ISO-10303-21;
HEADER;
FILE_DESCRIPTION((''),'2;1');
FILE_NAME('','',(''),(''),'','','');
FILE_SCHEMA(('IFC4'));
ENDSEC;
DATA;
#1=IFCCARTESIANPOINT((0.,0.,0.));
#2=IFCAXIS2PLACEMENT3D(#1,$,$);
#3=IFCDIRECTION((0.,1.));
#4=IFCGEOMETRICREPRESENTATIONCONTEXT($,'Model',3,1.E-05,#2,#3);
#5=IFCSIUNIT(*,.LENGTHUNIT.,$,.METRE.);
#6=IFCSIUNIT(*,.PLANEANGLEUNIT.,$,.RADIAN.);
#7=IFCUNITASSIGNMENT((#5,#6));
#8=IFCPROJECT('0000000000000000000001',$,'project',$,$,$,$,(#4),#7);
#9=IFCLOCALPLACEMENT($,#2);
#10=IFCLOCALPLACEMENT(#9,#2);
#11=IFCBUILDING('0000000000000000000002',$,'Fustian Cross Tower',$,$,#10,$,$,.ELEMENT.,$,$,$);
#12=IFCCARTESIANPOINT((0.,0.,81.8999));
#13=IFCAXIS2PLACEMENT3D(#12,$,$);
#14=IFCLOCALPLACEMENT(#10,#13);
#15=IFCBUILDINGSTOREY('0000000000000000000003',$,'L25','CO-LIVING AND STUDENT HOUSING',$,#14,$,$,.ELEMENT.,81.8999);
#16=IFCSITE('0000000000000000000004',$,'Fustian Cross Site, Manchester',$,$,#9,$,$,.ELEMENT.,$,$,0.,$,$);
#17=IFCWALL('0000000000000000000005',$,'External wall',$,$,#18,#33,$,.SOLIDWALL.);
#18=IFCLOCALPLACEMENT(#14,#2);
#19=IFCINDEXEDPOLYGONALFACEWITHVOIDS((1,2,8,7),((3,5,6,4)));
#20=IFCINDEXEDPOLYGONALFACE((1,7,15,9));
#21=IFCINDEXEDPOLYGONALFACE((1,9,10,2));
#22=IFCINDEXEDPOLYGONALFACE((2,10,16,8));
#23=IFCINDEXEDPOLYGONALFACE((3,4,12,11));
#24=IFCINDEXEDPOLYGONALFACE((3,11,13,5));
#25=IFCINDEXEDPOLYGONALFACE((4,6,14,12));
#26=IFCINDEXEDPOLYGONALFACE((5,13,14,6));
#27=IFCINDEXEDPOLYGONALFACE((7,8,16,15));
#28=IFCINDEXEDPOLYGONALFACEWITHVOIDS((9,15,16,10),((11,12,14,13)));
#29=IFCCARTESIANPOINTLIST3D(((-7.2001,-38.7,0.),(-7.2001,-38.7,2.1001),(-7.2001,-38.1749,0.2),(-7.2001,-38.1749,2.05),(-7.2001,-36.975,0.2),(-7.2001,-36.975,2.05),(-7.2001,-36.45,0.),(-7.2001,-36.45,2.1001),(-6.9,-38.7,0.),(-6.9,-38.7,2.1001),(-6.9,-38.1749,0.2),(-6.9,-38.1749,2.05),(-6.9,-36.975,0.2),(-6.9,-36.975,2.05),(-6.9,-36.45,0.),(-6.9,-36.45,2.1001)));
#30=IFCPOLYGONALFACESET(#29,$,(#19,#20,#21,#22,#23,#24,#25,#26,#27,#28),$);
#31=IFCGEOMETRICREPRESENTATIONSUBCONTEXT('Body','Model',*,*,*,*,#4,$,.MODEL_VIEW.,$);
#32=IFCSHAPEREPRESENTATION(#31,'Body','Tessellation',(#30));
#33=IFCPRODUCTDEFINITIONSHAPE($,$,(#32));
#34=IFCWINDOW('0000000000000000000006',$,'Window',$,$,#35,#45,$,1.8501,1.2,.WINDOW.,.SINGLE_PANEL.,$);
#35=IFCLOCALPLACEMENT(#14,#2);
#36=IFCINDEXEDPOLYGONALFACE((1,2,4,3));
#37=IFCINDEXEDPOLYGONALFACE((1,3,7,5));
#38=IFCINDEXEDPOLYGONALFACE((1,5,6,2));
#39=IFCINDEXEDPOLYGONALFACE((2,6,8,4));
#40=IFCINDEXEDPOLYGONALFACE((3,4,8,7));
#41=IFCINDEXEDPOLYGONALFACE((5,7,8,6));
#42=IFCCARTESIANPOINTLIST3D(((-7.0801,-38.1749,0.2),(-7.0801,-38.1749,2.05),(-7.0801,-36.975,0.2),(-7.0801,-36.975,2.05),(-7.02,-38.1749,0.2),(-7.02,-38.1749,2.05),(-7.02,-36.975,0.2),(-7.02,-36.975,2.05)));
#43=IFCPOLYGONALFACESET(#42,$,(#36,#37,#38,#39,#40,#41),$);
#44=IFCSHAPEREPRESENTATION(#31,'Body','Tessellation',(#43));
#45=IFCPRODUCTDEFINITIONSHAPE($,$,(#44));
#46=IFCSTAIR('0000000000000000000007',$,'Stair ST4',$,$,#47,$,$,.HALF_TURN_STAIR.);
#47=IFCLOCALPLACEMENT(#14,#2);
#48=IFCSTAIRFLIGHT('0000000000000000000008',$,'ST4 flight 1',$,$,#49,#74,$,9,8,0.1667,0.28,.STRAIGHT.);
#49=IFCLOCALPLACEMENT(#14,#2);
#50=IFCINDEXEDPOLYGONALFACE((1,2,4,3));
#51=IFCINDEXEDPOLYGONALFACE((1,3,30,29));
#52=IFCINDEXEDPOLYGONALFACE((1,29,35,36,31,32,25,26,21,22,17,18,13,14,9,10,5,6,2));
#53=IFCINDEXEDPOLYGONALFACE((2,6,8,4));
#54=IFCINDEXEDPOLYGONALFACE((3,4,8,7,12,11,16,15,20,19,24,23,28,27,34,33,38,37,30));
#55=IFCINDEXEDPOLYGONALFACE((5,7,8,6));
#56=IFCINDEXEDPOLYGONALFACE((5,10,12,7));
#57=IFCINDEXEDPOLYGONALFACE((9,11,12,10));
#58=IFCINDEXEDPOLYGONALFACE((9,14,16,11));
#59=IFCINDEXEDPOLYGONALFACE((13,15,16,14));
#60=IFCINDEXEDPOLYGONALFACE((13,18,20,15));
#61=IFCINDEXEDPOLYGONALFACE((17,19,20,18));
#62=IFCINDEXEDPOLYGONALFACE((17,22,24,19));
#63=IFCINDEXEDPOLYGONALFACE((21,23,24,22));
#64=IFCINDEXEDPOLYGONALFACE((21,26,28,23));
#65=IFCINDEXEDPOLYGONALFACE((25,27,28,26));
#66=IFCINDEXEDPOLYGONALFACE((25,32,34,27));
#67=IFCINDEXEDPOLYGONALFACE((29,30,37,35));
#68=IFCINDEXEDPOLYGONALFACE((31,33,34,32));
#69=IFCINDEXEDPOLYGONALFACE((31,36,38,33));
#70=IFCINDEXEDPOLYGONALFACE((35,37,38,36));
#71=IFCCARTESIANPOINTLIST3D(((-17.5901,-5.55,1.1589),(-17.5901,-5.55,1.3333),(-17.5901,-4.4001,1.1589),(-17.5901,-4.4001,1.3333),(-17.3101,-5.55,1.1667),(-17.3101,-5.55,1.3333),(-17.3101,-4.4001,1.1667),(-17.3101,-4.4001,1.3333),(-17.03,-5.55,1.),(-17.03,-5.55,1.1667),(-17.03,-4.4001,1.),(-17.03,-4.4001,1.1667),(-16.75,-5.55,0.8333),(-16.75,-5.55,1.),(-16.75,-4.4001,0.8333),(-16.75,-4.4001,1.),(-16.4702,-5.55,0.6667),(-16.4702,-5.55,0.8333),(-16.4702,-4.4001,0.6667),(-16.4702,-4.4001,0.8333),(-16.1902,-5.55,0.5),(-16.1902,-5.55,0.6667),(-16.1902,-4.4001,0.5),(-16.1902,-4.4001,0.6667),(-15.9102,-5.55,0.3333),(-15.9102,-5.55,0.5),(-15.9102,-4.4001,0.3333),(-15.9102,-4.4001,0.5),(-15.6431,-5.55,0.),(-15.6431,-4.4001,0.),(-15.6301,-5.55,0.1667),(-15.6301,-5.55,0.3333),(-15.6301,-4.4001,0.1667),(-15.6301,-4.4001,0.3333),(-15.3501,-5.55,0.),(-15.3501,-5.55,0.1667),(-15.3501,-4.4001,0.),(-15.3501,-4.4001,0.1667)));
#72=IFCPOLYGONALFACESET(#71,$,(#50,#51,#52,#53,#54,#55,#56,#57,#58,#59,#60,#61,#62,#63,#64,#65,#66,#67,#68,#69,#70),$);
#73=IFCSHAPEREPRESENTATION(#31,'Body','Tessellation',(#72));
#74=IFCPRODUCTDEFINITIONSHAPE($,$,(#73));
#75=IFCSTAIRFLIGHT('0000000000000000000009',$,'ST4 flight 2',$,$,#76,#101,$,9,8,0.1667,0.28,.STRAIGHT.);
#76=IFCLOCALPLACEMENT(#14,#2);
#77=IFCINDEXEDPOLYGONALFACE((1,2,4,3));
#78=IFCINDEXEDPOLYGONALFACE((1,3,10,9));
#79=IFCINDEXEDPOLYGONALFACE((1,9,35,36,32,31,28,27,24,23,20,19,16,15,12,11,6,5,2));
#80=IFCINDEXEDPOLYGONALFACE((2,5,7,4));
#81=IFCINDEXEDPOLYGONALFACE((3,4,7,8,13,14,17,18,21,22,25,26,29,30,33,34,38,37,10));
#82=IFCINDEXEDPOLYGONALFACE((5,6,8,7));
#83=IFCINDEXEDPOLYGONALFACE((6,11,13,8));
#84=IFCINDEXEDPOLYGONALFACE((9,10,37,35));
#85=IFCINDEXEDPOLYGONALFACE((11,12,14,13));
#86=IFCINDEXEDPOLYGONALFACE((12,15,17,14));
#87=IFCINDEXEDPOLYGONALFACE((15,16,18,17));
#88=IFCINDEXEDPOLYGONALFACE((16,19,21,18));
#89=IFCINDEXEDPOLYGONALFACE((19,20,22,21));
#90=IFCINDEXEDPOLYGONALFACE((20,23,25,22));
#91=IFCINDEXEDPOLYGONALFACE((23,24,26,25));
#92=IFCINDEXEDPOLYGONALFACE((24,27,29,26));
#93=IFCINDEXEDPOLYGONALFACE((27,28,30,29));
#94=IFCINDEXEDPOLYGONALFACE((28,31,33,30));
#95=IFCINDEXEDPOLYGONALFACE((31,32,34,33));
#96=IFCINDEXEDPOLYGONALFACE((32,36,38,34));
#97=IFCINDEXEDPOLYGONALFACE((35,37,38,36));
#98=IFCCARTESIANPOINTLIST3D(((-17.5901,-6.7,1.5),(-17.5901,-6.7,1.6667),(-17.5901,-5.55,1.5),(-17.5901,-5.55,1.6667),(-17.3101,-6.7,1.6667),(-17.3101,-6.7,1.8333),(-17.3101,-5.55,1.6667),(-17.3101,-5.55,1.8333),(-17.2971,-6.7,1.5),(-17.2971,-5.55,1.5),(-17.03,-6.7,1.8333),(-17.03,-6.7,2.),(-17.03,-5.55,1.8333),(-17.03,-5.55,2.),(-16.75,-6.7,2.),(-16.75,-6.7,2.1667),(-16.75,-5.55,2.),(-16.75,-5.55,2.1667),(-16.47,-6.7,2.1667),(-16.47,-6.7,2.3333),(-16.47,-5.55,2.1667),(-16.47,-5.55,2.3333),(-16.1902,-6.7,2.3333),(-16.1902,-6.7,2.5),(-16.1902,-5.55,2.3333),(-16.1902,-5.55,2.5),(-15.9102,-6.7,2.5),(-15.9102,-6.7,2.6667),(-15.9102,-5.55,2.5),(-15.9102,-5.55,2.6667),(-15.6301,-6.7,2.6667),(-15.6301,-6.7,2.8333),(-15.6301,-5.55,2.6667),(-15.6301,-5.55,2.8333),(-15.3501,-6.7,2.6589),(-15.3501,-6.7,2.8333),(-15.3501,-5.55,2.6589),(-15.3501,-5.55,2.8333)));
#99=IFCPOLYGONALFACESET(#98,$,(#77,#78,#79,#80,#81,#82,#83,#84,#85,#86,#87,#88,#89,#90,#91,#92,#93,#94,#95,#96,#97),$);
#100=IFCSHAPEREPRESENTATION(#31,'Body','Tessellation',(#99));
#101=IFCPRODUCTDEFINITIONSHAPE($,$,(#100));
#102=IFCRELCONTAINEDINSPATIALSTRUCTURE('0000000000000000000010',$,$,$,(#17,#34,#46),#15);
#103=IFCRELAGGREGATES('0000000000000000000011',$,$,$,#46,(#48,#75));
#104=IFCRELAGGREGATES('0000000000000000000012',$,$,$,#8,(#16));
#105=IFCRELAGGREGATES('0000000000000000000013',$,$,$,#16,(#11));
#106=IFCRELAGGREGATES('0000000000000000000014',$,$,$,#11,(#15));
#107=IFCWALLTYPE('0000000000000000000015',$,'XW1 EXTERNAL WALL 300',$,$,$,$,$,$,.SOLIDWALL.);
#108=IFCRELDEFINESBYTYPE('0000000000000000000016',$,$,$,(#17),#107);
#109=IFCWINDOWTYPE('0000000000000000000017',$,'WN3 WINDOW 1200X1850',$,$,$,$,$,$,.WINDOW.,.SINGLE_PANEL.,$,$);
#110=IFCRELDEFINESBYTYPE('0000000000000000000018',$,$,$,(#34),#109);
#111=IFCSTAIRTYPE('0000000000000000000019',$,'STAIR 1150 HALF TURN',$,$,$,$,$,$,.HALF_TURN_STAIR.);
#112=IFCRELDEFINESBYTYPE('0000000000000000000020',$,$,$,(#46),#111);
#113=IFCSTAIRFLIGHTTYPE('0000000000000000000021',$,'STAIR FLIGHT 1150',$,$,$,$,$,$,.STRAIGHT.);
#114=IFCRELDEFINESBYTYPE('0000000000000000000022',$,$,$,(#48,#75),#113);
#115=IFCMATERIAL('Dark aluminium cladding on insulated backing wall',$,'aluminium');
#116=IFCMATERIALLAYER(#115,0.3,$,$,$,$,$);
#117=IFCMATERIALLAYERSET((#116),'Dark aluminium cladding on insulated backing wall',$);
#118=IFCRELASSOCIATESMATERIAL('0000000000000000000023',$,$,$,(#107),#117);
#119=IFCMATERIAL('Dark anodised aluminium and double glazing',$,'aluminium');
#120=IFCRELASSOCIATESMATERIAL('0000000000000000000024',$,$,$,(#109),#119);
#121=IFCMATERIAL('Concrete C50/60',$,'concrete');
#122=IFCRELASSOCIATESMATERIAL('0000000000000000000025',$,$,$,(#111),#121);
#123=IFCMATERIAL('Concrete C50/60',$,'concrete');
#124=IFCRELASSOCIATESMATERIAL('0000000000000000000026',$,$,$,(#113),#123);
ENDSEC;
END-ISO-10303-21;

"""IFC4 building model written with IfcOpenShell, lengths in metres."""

from ifc_helpers import new_model, si_unit, direction, frame, frame_2d, origin, place, context, subcontext, project, spatial, polyline, rectangle, outline, extrude, material, layer, layer_set, type_object, element, fill, aggregate, save


model = new_model("IFC4")

# Units and contexts
model_context = context("Model", 3, precision=1e-05, world=origin(), true_north=direction((0.0, 1.0)))
body_context = subcontext(model_context, "Body", "Model", "MODEL_VIEW")
ifc_project = project(units=[si_unit("LENGTHUNIT", "METRE"), si_unit("PLANEANGLEUNIT", "RADIAN")], contexts=[model_context])

# Site, building, storey
site_placement = place(None, origin())
site = spatial("IfcSite", under=ifc_project, at=site_placement, Name="Fustian Cross Site, Manchester", CompositionType="ELEMENT", RefElevation=0.0)
building_placement = place(site_placement, origin())
building = spatial("IfcBuilding", under=site, at=building_placement, Name="Fustian Cross Tower", CompositionType="ELEMENT")
storey_placement = place(building_placement, frame((0.0, 0.0, 81.8999)))
storey = spatial("IfcBuildingStorey", under=building, at=storey_placement, Name="L25", Description="CO-LIVING AND STUDENT HOUSING", CompositionType="ELEMENT", Elevation=81.8999)

# Shared definitions
ifc_material_1 = material(Name="Dark aluminium cladding on insulated backing wall", Category="aluminium")
ifc_layer_1 = layer(ifc_material_1, 0.3)
ifc_layer_set_1 = layer_set([ifc_layer_1], Name="Dark aluminium cladding on insulated backing wall")
wall_type_1 = type_object("IfcWallType", Name="XW1 EXTERNAL WALL 300", PredefinedType="SOLIDWALL", material=ifc_layer_set_1)

# Shared definitions
ifc_material_2 = material(Name="Dark anodised aluminium and double glazing", Category="aluminium")
window_type_1 = type_object("IfcWindowType", Name="WN3 WINDOW 1200X1850", PartitioningType="SINGLE_PANEL", PredefinedType="WINDOW", material=ifc_material_2)

# Wall, opening, window
wall_1_placement = place(storey_placement, frame((-7.05, -36.45, 0.0), z_axis=(0.0, 0.0, 1.0), x_axis=(0.0, -1.0, 0.0)))
wall_1 = element("IfcWall", 1, at=wall_1_placement, inside=storey, type_object=wall_type_1, Name="External wall", PredefinedType="SOLIDWALL", context=body_context, shape_type="SweptSolid", body=[
    extrude(rectangle(XDim=2.25, YDim=0.3, at=frame_2d((1.125, 0.0))), origin(), (0.0, 0.0, 1.0), 2.1001),
])
opening_1_placement = place(wall_1_placement, frame((0.5249, 0.0, 0.2)))
opening_1 = element("IfcOpeningElement", 2, at=opening_1_placement, cuts=wall_1, PredefinedType="OPENING", context=body_context, shape_type="SweptSolid", body=[
    extrude(rectangle(XDim=1.2, YDim=1.8501, at=frame_2d((0.6001, 0.925))), frame((0.0, 0.1599, 0.0), z_axis=(0.0, -1.0, 0.0), x_axis=(1.0, 0.0, 0.0)), (0.0, 0.0, 1.0), 0.3201),
])
window_1_placement = place(opening_1_placement, origin())
window_1 = element("IfcWindow", 3, at=window_1_placement, inside=storey, type_object=window_type_1, Name="Window", OverallHeight=1.8501, OverallWidth=1.2, PartitioningType="SINGLE_PANEL", PredefinedType="WINDOW", context=body_context, shape_type="SweptSolid", body=[
    extrude(rectangle(XDim=1.2, YDim=1.8501, at=frame_2d((0.6001, 0.925))), frame((0.0, 0.03, 0.0), z_axis=(0.0, -1.0, 0.0), x_axis=(1.0, 0.0, 0.0)), (0.0, 0.0, 1.0), 0.0601),
])
fill(opening_1, window_1)

# Stair, stair flights
ifc_material_3 = material(Name="Concrete C50/60", Category="concrete")
stair_type = type_object("IfcStairType", Name="STAIR 1150 HALF TURN", PredefinedType="HALF_TURN_STAIR", material=ifc_material_3)
stair_placement = place(storey_placement, origin())
stair = element("IfcStair", 4, at=stair_placement, inside=storey, type_object=stair_type, Name="Stair ST4", PredefinedType="HALF_TURN_STAIR")
ifc_material_4 = material(Name="Concrete C50/60", Category="concrete")
stair_flight_type = type_object("IfcStairFlightType", Name="STAIR FLIGHT 1150", PredefinedType="STRAIGHT", material=ifc_material_4)
stair_flight_1_placement = place(storey_placement, frame((-15.3501, -4.9751, 0.0), z_axis=(0.0, 0.0, 1.0), x_axis=(-1.0, 0.0, 0.0)))
stair_flight_1 = element("IfcStairFlight", 5, at=stair_flight_1_placement, type_object=stair_flight_type, Name="ST4 flight 1", NumberOfRisers=9, NumberOfTreads=8, PredefinedType="STRAIGHT", RiserHeight=0.1667, TreadLength=0.28, context=body_context, shape_type="SweptSolid", body=[
    extrude(outline(polyline([(0.0, 0.0), (0.0, 0.1667), (0.28, 0.1667), (0.28, 0.3333), (0.5601, 0.3333), (0.5601, 0.5), (0.8401, 0.5), (0.8401, 0.6667), (1.1201, 0.6667), (1.1201, 0.8333), (1.3999, 0.8333), (1.3999, 1.0), (1.6799, 1.0), (1.6799, 1.1667), (1.96, 1.1667), (1.96, 1.3333), (2.24, 1.3333), (2.24, 1.5), (2.24, 1.1589), (0.293, 0.0), (0.0, 0.0)])), frame((0.0, 0.575, 0.0), z_axis=(0.0, -1.0, 0.0), x_axis=(1.0, 0.0, 0.0)), (0.0, 0.0, 1.0), 1.1499),
])
stair_flight_2_placement = place(storey_placement, frame((-17.5901, -6.125, 1.5), z_axis=(0.0, 0.0, 1.0), x_axis=(1.0, 0.0, 0.0)))
stair_flight_2 = element("IfcStairFlight", 6, at=stair_flight_2_placement, type_object=stair_flight_type, Name="ST4 flight 2", NumberOfRisers=9, NumberOfTreads=8, PredefinedType="STRAIGHT", RiserHeight=0.1667, TreadLength=0.28, context=body_context, shape_type="SweptSolid", body=[
    extrude(outline(polyline([(0.0, 0.0), (0.0, 0.1667), (0.28, 0.1667), (0.28, 0.3333), (0.5601, 0.3333), (0.5601, 0.5), (0.8401, 0.5), (0.8401, 0.6667), (1.1201, 0.6667), (1.1201, 0.8333), (1.3999, 0.8333), (1.3999, 1.0), (1.6799, 1.0), (1.6799, 1.1667), (1.96, 1.1667), (1.96, 1.3333), (2.24, 1.3333), (2.24, 1.5), (2.24, 1.1589), (0.293, 0.0), (0.0, 0.0)])), frame((0.0, 0.575, 0.0), z_axis=(0.0, -1.0, 0.0), x_axis=(1.0, 0.0, 0.0)), (0.0, 0.0, 1.0), 1.1499),
])
aggregate(stair, [stair_flight_1, stair_flight_2])

save(model, "model.ifc")
